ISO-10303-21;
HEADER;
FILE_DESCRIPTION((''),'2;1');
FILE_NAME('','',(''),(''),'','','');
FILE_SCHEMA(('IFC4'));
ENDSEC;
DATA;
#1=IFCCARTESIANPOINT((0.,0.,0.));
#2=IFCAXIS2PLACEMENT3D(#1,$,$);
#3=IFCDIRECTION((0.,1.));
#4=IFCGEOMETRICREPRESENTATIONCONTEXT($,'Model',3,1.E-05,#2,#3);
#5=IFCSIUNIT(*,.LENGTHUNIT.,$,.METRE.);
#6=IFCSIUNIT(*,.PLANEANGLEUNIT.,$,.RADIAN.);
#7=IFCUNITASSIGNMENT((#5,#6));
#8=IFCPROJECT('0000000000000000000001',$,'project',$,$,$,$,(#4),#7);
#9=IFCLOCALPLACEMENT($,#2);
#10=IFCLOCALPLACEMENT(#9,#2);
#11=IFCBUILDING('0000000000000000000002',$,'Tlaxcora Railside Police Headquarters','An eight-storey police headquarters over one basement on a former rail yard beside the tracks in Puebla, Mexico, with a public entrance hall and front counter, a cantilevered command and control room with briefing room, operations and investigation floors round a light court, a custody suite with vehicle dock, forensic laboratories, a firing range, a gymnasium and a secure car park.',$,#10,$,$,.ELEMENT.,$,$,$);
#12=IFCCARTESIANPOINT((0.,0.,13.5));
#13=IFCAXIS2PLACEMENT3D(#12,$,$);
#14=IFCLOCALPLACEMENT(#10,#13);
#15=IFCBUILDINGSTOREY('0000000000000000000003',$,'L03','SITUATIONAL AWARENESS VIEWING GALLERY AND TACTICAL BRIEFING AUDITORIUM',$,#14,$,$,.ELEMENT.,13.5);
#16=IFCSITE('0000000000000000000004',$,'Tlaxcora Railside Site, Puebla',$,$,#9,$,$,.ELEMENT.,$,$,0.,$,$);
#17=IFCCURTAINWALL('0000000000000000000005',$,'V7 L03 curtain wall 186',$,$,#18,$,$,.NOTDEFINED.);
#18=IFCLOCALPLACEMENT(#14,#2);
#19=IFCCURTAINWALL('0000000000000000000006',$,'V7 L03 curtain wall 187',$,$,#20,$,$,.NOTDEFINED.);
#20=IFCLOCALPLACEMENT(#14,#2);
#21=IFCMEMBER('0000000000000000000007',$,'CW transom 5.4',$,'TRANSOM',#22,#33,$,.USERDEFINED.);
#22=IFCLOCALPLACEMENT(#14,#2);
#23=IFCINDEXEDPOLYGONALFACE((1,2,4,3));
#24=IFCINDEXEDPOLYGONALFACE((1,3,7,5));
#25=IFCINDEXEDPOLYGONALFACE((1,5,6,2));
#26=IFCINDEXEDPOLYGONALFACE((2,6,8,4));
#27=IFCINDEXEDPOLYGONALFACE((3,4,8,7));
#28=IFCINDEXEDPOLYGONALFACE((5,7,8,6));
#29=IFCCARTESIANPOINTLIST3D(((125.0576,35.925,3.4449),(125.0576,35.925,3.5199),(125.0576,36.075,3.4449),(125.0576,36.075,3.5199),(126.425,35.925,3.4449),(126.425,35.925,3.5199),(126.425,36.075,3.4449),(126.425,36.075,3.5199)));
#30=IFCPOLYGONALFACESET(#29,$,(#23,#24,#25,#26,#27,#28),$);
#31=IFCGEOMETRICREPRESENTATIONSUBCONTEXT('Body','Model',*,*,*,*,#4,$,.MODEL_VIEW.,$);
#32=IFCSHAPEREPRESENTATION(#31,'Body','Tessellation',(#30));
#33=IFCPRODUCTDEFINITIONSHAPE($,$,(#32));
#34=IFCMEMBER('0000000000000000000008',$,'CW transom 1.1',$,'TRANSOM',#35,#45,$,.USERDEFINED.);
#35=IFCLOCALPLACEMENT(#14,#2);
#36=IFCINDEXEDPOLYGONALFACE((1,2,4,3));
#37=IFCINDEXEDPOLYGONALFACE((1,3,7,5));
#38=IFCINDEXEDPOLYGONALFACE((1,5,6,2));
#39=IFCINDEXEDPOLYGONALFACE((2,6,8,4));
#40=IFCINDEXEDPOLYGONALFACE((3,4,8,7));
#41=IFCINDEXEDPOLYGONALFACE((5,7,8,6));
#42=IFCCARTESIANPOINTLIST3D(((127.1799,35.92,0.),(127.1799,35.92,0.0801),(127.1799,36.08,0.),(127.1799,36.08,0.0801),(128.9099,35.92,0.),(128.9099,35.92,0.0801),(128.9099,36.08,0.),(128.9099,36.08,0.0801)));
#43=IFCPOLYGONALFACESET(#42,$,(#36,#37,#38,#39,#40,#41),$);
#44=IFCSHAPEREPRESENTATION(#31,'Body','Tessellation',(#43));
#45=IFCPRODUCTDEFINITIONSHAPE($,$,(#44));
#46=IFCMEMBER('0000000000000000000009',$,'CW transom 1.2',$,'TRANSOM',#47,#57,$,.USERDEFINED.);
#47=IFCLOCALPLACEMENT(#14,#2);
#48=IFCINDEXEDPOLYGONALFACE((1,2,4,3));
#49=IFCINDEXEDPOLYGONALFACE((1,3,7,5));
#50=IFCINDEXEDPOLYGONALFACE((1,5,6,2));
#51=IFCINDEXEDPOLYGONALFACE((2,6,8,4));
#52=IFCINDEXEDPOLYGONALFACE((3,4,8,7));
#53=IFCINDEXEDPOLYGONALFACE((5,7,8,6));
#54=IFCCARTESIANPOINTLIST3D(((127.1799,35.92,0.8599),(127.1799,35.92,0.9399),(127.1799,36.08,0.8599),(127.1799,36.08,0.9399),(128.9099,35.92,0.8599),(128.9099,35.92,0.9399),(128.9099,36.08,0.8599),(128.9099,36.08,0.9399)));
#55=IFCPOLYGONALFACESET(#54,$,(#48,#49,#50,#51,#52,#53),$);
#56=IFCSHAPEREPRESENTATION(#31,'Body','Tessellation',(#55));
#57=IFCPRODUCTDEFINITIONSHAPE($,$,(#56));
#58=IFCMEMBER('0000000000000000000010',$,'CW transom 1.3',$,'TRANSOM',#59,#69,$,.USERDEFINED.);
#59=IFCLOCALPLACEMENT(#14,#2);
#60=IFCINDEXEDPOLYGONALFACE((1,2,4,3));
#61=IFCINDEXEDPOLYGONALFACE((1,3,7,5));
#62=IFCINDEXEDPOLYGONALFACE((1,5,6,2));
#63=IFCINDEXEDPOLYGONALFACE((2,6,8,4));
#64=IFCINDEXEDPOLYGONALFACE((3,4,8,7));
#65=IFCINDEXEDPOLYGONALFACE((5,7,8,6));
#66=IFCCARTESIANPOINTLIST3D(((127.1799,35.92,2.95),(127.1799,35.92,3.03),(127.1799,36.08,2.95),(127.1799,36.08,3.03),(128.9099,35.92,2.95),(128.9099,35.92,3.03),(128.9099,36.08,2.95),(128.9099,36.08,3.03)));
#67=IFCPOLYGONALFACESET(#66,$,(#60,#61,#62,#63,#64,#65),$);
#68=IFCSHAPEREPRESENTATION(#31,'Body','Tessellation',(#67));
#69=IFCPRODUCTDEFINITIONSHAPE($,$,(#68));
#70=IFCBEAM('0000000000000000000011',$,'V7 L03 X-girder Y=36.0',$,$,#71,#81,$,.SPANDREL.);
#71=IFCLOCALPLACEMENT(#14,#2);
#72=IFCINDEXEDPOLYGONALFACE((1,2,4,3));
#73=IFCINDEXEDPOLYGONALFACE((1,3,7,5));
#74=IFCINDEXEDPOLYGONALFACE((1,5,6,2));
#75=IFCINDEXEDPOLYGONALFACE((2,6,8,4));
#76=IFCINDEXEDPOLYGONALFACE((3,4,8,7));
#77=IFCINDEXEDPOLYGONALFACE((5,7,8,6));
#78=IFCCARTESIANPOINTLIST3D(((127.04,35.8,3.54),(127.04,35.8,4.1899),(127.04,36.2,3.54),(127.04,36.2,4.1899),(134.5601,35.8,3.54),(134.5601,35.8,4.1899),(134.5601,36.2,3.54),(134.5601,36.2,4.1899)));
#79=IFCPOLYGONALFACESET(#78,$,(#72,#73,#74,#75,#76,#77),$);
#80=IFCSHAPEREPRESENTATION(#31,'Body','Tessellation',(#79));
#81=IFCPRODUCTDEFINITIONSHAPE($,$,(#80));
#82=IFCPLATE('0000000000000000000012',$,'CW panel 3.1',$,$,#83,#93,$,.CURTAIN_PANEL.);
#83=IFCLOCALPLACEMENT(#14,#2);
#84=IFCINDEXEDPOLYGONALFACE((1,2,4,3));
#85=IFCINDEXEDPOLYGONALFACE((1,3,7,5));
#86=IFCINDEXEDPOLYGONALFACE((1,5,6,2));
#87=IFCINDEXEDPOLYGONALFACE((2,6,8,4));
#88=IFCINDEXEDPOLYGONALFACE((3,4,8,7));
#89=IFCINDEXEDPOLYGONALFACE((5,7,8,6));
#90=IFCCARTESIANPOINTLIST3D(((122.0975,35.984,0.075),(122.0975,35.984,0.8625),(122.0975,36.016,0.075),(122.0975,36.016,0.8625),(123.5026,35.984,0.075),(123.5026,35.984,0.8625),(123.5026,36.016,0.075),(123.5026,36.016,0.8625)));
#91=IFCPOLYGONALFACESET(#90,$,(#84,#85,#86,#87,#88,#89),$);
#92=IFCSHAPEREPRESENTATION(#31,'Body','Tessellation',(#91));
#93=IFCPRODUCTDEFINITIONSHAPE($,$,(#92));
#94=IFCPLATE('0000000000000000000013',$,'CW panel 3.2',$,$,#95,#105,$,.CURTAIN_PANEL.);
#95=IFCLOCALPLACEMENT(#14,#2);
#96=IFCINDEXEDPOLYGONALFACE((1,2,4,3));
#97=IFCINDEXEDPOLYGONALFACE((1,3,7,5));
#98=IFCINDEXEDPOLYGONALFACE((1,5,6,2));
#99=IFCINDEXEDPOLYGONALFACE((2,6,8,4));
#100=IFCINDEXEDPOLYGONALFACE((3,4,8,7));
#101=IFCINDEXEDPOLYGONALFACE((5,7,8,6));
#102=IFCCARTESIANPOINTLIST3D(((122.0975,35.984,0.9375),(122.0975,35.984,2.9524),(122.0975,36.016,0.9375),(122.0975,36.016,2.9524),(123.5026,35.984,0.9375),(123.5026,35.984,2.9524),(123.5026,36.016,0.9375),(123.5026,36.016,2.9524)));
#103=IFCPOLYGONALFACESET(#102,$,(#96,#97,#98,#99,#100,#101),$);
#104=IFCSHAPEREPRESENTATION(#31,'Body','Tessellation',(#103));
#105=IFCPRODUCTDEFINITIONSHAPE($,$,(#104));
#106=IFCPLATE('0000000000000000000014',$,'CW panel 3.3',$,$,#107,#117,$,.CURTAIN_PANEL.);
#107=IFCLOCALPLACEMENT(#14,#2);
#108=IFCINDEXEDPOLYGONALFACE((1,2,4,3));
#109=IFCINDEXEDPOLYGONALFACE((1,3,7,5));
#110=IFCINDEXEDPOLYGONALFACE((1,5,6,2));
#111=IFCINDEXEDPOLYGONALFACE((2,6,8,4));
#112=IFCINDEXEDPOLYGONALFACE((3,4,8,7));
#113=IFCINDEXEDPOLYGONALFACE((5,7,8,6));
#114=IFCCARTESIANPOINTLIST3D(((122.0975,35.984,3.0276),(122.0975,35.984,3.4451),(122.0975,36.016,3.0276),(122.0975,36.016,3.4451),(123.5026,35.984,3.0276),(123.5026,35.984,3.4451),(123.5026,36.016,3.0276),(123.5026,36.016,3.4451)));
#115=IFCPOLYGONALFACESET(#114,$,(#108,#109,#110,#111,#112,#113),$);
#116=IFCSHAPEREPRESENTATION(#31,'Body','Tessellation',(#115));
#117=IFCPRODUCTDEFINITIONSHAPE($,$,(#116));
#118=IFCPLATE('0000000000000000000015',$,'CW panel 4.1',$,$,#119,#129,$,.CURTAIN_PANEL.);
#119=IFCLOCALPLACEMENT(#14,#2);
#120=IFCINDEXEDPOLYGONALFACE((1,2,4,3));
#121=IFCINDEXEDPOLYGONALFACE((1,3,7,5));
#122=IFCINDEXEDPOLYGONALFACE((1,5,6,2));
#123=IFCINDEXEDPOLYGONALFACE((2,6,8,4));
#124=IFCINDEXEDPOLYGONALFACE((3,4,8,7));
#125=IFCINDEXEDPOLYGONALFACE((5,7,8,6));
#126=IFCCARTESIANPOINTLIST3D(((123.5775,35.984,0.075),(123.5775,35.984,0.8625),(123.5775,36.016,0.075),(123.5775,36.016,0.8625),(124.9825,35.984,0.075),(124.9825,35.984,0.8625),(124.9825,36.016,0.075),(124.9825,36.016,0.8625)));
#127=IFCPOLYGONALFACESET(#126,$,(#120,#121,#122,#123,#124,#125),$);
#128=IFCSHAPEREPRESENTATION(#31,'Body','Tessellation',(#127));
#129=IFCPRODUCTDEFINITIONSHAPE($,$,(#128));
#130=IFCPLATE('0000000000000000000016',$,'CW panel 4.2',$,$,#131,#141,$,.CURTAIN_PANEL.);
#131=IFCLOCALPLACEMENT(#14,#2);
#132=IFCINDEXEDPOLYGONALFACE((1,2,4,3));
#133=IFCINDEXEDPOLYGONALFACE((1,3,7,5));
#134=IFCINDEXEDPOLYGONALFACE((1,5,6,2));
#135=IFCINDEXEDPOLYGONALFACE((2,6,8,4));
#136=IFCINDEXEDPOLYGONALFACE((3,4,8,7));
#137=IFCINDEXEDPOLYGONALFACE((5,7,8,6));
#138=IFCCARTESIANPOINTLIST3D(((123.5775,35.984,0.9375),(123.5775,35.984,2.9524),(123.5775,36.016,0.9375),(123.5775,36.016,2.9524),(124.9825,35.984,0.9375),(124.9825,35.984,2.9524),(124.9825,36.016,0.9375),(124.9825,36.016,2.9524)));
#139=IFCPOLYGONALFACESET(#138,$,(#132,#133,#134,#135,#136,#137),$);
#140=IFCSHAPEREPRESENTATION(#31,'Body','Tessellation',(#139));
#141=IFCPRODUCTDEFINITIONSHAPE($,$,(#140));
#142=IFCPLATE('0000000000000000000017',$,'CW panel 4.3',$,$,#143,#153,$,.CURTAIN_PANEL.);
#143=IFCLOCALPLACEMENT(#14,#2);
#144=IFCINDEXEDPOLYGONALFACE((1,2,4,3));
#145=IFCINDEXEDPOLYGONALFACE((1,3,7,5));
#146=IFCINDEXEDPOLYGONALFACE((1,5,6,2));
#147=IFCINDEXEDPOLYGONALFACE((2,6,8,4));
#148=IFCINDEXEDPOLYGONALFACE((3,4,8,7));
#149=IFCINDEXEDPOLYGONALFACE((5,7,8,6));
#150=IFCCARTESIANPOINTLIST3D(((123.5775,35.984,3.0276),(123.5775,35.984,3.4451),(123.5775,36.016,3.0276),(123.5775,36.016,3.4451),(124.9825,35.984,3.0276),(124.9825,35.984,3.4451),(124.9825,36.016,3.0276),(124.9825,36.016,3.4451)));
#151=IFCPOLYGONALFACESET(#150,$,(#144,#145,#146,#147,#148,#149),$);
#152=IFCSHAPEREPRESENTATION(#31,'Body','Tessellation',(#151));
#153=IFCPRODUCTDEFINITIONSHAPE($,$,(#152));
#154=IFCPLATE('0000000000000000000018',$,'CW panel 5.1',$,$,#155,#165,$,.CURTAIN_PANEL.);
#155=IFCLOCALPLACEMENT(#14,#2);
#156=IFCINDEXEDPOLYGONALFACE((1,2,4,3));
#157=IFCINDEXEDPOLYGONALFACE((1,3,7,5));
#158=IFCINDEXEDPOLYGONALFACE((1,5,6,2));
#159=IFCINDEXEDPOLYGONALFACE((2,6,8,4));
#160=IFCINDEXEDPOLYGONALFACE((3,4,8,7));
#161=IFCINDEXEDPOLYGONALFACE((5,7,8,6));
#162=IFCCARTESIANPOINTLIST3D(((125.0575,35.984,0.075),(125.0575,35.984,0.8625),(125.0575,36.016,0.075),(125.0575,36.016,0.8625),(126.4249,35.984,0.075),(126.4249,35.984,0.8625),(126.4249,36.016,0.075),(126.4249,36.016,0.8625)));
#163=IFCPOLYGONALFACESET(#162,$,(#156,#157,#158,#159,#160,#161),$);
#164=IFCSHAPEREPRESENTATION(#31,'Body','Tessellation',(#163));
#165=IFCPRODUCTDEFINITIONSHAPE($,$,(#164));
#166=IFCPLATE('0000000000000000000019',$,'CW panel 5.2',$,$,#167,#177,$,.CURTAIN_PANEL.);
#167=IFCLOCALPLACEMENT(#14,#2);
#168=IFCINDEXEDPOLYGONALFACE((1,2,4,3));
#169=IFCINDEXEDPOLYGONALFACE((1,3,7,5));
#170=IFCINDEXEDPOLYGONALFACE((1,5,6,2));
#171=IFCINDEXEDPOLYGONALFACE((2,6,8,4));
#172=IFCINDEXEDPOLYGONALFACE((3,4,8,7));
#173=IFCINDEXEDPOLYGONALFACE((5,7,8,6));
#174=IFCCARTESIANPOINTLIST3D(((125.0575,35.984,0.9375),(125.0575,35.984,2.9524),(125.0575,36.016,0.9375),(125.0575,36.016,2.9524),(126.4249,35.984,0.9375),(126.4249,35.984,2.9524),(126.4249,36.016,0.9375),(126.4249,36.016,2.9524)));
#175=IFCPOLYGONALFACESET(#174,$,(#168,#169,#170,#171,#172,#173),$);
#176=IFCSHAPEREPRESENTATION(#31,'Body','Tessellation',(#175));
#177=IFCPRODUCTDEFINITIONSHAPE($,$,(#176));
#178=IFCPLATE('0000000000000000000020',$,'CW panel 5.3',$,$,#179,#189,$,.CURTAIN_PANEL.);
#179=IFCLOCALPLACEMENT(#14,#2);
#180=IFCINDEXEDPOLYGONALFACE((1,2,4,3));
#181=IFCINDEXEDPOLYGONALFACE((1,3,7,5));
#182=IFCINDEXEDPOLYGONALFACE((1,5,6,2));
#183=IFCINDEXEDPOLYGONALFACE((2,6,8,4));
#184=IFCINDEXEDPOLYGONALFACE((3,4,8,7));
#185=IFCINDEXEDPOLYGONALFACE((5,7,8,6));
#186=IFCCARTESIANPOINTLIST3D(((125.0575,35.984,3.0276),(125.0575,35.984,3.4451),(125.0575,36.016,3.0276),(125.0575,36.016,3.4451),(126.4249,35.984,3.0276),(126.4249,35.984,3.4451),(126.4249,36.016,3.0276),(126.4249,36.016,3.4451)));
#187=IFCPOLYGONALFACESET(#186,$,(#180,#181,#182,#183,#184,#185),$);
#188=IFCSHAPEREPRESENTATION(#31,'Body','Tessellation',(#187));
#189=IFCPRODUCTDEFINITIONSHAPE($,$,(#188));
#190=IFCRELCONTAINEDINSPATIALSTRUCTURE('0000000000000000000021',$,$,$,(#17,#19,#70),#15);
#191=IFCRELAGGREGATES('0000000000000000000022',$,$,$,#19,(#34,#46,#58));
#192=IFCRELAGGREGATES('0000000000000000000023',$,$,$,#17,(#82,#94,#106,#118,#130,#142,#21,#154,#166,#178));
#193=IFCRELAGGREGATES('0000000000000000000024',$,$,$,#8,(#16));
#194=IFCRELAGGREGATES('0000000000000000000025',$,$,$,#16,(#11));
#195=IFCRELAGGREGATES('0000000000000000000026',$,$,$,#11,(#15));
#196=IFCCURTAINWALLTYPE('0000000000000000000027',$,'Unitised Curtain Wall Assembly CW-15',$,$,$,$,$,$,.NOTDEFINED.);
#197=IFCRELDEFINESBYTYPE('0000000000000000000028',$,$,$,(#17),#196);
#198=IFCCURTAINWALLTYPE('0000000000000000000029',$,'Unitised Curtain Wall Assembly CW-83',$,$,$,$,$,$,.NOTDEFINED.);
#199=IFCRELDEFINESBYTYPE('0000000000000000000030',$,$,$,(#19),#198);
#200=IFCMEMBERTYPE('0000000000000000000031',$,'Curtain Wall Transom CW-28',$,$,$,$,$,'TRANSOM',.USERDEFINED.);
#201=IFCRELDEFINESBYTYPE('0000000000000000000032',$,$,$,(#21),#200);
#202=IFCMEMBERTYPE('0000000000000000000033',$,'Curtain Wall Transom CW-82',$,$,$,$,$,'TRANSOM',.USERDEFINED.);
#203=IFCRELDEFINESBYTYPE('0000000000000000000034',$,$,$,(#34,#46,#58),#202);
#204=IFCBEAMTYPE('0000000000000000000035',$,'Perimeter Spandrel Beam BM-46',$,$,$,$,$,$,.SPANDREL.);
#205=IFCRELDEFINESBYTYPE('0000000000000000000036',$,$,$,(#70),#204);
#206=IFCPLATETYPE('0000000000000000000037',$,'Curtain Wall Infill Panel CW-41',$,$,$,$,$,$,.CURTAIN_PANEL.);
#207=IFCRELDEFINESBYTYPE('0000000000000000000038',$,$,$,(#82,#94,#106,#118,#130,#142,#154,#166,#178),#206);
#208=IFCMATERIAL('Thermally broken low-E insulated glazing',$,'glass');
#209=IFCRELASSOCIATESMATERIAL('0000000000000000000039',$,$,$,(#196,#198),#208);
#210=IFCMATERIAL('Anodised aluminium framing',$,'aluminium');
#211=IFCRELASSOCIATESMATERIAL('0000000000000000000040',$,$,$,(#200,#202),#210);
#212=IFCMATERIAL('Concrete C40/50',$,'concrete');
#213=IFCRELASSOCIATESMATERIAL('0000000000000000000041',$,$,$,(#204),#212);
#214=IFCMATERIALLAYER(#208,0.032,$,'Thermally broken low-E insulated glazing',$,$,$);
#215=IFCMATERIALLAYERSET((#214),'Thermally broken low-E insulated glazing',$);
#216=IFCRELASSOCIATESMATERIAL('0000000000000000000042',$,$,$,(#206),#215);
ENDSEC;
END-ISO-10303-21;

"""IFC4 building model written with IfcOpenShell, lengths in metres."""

from ifc_helpers import new_model, si_unit, direction, frame, origin, origin_2d, place, context, subcontext, project, spatial, rectangle, extrude, material, layer, layer_set, material_profile, profile_set, type_object, element, aggregate, save


model = new_model("IFC4")

# Units and contexts
model_context = context("Model", 3, precision=1e-05, world=origin(), true_north=direction((0.0, 1.0)))
body_context = subcontext(model_context, "Body", "Model", "MODEL_VIEW")
ifc_project = project(units=[si_unit("LENGTHUNIT", "METRE"), si_unit("PLANEANGLEUNIT", "RADIAN")], contexts=[model_context])

# Site, building, storey
site_placement = place(None, origin())
site = spatial("IfcSite", under=ifc_project, at=site_placement, Name="Tlaxcora Railside Site, Puebla", CompositionType="ELEMENT", RefElevation=0.0)
building_placement = place(site_placement, origin())
building = spatial("IfcBuilding", under=site, at=building_placement, Name="Tlaxcora Railside Police Headquarters", Description="An eight-storey police headquarters over one basement on a former rail yard beside the tracks in Puebla, Mexico, with a public entrance hall and front counter, a cantilevered command and control room with briefing room, operations and investigation floors round a light court, a custody suite with vehicle dock, forensic laboratories, a firing range, a gymnasium and a secure car park.", CompositionType="ELEMENT")
storey_placement = place(building_placement, frame((0.0, 0.0, 13.5)))
storey = spatial("IfcBuildingStorey", under=building, at=storey_placement, Name="L03", Description="SITUATIONAL AWARENESS VIEWING GALLERY AND TACTICAL BRIEFING AUDITORIUM", CompositionType="ELEMENT", Elevation=13.5)

# Shared definitions
ifc_material_1 = material(Name="Concrete C40/50", Category="concrete")

# Curtain wall
ifc_material_2 = material(Name="Thermally broken low-E insulated glazing", Category="glass")
curtain_wall_type_1 = type_object("IfcCurtainWallType", Name="Unitised Curtain Wall Assembly CW-15", PredefinedType="NOTDEFINED", material=ifc_material_2)
curtain_wall_1_placement = place(storey_placement, origin())
curtain_wall_1 = element("IfcCurtainWall", 1, at=curtain_wall_1_placement, inside=storey, type_object=curtain_wall_type_1, Name="V7 L03 curtain wall 186", PredefinedType="NOTDEFINED")
ifc_material_3 = material(Name="Anodised aluminium framing", Category="aluminium")

# Curtain wall
curtain_wall_type_2 = type_object("IfcCurtainWallType", Name="Unitised Curtain Wall Assembly CW-83", PredefinedType="NOTDEFINED", material=ifc_material_2)
curtain_wall_2_placement = place(storey_placement, origin())
curtain_wall_2 = element("IfcCurtainWall", 2, at=curtain_wall_2_placement, inside=storey, type_object=curtain_wall_type_2, Name="V7 L03 curtain wall 187", PredefinedType="NOTDEFINED")

# Members
ifc_material_profile_1 = material_profile(ifc_material_3, rectangle(XDim=0.1499, YDim=0.075, at=origin_2d()), Name="AL75X150")
ifc_profile_set_1 = profile_set([ifc_material_profile_1], Name="Anodised aluminium framing")
member_type_1 = type_object("IfcMemberType", Name="Curtain Wall Transom CW-28", ElementType="TRANSOM", PredefinedType="USERDEFINED", material=ifc_profile_set_1)
member_1_placement = place(storey_placement, frame((125.0576, 36.0, 3.4824), z_axis=(1.0, 0.0, 0.0), x_axis=(0.0, 1.0, 0.0)))
member_1 = element("IfcMember", 3, at=member_1_placement, type_object=member_type_1, Name="CW transom 5.4", ObjectType="TRANSOM", PredefinedType="USERDEFINED", context=body_context, shape_type="SweptSolid", body=[
    extrude(rectangle(XDim=0.1499, YDim=0.075, at=origin_2d()), origin(), (0.0, 0.0, 1.0), 1.3674),
])
ifc_material_profile_2 = material_profile(ifc_material_3, rectangle(XDim=0.1599, YDim=0.0801, at=origin_2d()), Name="AL80X160")
ifc_profile_set_2 = profile_set([ifc_material_profile_2], Name="Anodised aluminium framing")
member_type_2 = type_object("IfcMemberType", Name="Curtain Wall Transom CW-82", ElementType="TRANSOM", PredefinedType="USERDEFINED", material=ifc_profile_set_2)
member_2_placement = place(storey_placement, frame((127.1799, 36.0, 0.04), z_axis=(1.0, 0.0, 0.0), x_axis=(0.0, 1.0, 0.0)))
member_2 = element("IfcMember", 4, at=member_2_placement, type_object=member_type_2, Name="CW transom 1.1", ObjectType="TRANSOM", PredefinedType="USERDEFINED", context=body_context, shape_type="SweptSolid", body=[
    extrude(rectangle(XDim=0.1599, YDim=0.0801, at=origin_2d()), origin(), (0.0, 0.0, 1.0), 1.73),
])
member_3_placement = place(storey_placement, frame((127.1799, 36.0, 0.8999), z_axis=(1.0, 0.0, 0.0), x_axis=(0.0, 1.0, 0.0)))
member_3 = element("IfcMember", 5, at=member_3_placement, type_object=member_type_2, Name="CW transom 1.2", ObjectType="TRANSOM", PredefinedType="USERDEFINED", context=body_context, shape_type="SweptSolid", body=[
    extrude(rectangle(XDim=0.1599, YDim=0.0801, at=origin_2d()), origin(), (0.0, 0.0, 1.0), 1.73),
])
member_4_placement = place(storey_placement, frame((127.1799, 36.0, 2.99), z_axis=(1.0, 0.0, 0.0), x_axis=(0.0, 1.0, 0.0)))
member_4 = element("IfcMember", 6, at=member_4_placement, type_object=member_type_2, Name="CW transom 1.3", ObjectType="TRANSOM", PredefinedType="USERDEFINED", context=body_context, shape_type="SweptSolid", body=[
    extrude(rectangle(XDim=0.1599, YDim=0.0801, at=origin_2d()), origin(), (0.0, 0.0, 1.0), 1.73),
])
aggregate(curtain_wall_2, [member_2, member_3, member_4])

# Beam
ifc_material_profile_3 = material_profile(ifc_material_1, rectangle(XDim=0.3999, YDim=0.6499, at=origin_2d()), Name="RC400X650")
ifc_profile_set_3 = profile_set([ifc_material_profile_3], Name="Concrete C40/50")
beam_type = type_object("IfcBeamType", Name="Perimeter Spandrel Beam BM-46", PredefinedType="SPANDREL", material=ifc_profile_set_3)
beam_placement = place(storey_placement, frame((127.04, 36.0, 3.865), z_axis=(1.0, 0.0, 0.0), x_axis=(0.0, 1.0, 0.0)))
element("IfcBeam", 7, at=beam_placement, inside=storey, type_object=beam_type, Name="V7 L03 X-girder Y=36.0", PredefinedType="SPANDREL", context=body_context, shape_type="SweptSolid", body=[
    extrude(rectangle(XDim=0.3999, YDim=0.6499, at=origin_2d()), origin(), (0.0, 0.0, 1.0), 7.52),
])

# Plates
ifc_layer_1 = layer(ifc_material_2, 0.032, Name="Thermally broken low-E insulated glazing")
ifc_layer_set_1 = layer_set([ifc_layer_1], Name="Thermally broken low-E insulated glazing")
plate_type = type_object("IfcPlateType", Name="Curtain Wall Infill Panel CW-41", PredefinedType="CURTAIN_PANEL", material=ifc_layer_set_1)
plate_1_placement = place(storey_placement, frame((122.8, 36.0, 0.075), z_axis=(0.0, 0.0, 1.0), x_axis=(1.0, 0.0, 0.0)))
plate_1 = element("IfcPlate", 8, at=plate_1_placement, type_object=plate_type, Name="CW panel 3.1", PredefinedType="CURTAIN_PANEL", context=body_context, shape_type="SweptSolid", body=[
    extrude(rectangle(XDim=1.405, YDim=0.032, at=origin_2d()), origin(), (0.0, 0.0, 1.0), 0.7876),
])
plate_2_placement = place(storey_placement, frame((122.8, 36.0, 0.9375), z_axis=(0.0, 0.0, 1.0), x_axis=(1.0, 0.0, 0.0)))
plate_2 = element("IfcPlate", 9, at=plate_2_placement, type_object=plate_type, Name="CW panel 3.2", PredefinedType="CURTAIN_PANEL", context=body_context, shape_type="SweptSolid", body=[
    extrude(rectangle(XDim=1.405, YDim=0.032, at=origin_2d()), origin(), (0.0, 0.0, 1.0), 2.0149),
])
plate_3_placement = place(storey_placement, frame((122.8, 36.0, 3.0276), z_axis=(0.0, 0.0, 1.0), x_axis=(1.0, 0.0, 0.0)))
plate_3 = element("IfcPlate", 10, at=plate_3_placement, type_object=plate_type, Name="CW panel 3.3", PredefinedType="CURTAIN_PANEL", context=body_context, shape_type="SweptSolid", body=[
    extrude(rectangle(XDim=1.405, YDim=0.032, at=origin_2d()), origin(), (0.0, 0.0, 1.0), 0.4175),
])
plate_4_placement = place(storey_placement, frame((124.28, 36.0, 0.075), z_axis=(0.0, 0.0, 1.0), x_axis=(1.0, 0.0, 0.0)))
plate_4 = element("IfcPlate", 11, at=plate_4_placement, type_object=plate_type, Name="CW panel 4.1", PredefinedType="CURTAIN_PANEL", context=body_context, shape_type="SweptSolid", body=[
    extrude(rectangle(XDim=1.405, YDim=0.032, at=origin_2d()), origin(), (0.0, 0.0, 1.0), 0.7876),
])
plate_5_placement = place(storey_placement, frame((124.28, 36.0, 0.9375), z_axis=(0.0, 0.0, 1.0), x_axis=(1.0, 0.0, 0.0)))
plate_5 = element("IfcPlate", 12, at=plate_5_placement, type_object=plate_type, Name="CW panel 4.2", PredefinedType="CURTAIN_PANEL", context=body_context, shape_type="SweptSolid", body=[
    extrude(rectangle(XDim=1.405, YDim=0.032, at=origin_2d()), origin(), (0.0, 0.0, 1.0), 2.0149),
])
plate_6_placement = place(storey_placement, frame((124.28, 36.0, 3.0276), z_axis=(0.0, 0.0, 1.0), x_axis=(1.0, 0.0, 0.0)))
plate_6 = element("IfcPlate", 13, at=plate_6_placement, type_object=plate_type, Name="CW panel 4.3", PredefinedType="CURTAIN_PANEL", context=body_context, shape_type="SweptSolid", body=[
    extrude(rectangle(XDim=1.405, YDim=0.032, at=origin_2d()), origin(), (0.0, 0.0, 1.0), 0.4175),
])
plate_7_placement = place(storey_placement, frame((125.7412, 36.0, 0.075), z_axis=(0.0, 0.0, 1.0), x_axis=(1.0, 0.0, 0.0)))
plate_7 = element("IfcPlate", 14, at=plate_7_placement, type_object=plate_type, Name="CW panel 5.1", PredefinedType="CURTAIN_PANEL", context=body_context, shape_type="SweptSolid", body=[
    extrude(rectangle(XDim=1.3674, YDim=0.032, at=origin_2d()), origin(), (0.0, 0.0, 1.0), 0.7876),
])
plate_8_placement = place(storey_placement, frame((125.7412, 36.0, 0.9375), z_axis=(0.0, 0.0, 1.0), x_axis=(1.0, 0.0, 0.0)))
plate_8 = element("IfcPlate", 15, at=plate_8_placement, type_object=plate_type, Name="CW panel 5.2", PredefinedType="CURTAIN_PANEL", context=body_context, shape_type="SweptSolid", body=[
    extrude(rectangle(XDim=1.3674, YDim=0.032, at=origin_2d()), origin(), (0.0, 0.0, 1.0), 2.0149),
])
plate_9_placement = place(storey_placement, frame((125.7412, 36.0, 3.0276), z_axis=(0.0, 0.0, 1.0), x_axis=(1.0, 0.0, 0.0)))
plate_9 = element("IfcPlate", 16, at=plate_9_placement, type_object=plate_type, Name="CW panel 5.3", PredefinedType="CURTAIN_PANEL", context=body_context, shape_type="SweptSolid", body=[
    extrude(rectangle(XDim=1.3674, YDim=0.032, at=origin_2d()), origin(), (0.0, 0.0, 1.0), 0.4175),
])
aggregate(curtain_wall_1, [plate_1, plate_2, plate_3, plate_4, plate_5, plate_6, member_1, plate_7, plate_8, plate_9])

save(model, "model.ifc")
